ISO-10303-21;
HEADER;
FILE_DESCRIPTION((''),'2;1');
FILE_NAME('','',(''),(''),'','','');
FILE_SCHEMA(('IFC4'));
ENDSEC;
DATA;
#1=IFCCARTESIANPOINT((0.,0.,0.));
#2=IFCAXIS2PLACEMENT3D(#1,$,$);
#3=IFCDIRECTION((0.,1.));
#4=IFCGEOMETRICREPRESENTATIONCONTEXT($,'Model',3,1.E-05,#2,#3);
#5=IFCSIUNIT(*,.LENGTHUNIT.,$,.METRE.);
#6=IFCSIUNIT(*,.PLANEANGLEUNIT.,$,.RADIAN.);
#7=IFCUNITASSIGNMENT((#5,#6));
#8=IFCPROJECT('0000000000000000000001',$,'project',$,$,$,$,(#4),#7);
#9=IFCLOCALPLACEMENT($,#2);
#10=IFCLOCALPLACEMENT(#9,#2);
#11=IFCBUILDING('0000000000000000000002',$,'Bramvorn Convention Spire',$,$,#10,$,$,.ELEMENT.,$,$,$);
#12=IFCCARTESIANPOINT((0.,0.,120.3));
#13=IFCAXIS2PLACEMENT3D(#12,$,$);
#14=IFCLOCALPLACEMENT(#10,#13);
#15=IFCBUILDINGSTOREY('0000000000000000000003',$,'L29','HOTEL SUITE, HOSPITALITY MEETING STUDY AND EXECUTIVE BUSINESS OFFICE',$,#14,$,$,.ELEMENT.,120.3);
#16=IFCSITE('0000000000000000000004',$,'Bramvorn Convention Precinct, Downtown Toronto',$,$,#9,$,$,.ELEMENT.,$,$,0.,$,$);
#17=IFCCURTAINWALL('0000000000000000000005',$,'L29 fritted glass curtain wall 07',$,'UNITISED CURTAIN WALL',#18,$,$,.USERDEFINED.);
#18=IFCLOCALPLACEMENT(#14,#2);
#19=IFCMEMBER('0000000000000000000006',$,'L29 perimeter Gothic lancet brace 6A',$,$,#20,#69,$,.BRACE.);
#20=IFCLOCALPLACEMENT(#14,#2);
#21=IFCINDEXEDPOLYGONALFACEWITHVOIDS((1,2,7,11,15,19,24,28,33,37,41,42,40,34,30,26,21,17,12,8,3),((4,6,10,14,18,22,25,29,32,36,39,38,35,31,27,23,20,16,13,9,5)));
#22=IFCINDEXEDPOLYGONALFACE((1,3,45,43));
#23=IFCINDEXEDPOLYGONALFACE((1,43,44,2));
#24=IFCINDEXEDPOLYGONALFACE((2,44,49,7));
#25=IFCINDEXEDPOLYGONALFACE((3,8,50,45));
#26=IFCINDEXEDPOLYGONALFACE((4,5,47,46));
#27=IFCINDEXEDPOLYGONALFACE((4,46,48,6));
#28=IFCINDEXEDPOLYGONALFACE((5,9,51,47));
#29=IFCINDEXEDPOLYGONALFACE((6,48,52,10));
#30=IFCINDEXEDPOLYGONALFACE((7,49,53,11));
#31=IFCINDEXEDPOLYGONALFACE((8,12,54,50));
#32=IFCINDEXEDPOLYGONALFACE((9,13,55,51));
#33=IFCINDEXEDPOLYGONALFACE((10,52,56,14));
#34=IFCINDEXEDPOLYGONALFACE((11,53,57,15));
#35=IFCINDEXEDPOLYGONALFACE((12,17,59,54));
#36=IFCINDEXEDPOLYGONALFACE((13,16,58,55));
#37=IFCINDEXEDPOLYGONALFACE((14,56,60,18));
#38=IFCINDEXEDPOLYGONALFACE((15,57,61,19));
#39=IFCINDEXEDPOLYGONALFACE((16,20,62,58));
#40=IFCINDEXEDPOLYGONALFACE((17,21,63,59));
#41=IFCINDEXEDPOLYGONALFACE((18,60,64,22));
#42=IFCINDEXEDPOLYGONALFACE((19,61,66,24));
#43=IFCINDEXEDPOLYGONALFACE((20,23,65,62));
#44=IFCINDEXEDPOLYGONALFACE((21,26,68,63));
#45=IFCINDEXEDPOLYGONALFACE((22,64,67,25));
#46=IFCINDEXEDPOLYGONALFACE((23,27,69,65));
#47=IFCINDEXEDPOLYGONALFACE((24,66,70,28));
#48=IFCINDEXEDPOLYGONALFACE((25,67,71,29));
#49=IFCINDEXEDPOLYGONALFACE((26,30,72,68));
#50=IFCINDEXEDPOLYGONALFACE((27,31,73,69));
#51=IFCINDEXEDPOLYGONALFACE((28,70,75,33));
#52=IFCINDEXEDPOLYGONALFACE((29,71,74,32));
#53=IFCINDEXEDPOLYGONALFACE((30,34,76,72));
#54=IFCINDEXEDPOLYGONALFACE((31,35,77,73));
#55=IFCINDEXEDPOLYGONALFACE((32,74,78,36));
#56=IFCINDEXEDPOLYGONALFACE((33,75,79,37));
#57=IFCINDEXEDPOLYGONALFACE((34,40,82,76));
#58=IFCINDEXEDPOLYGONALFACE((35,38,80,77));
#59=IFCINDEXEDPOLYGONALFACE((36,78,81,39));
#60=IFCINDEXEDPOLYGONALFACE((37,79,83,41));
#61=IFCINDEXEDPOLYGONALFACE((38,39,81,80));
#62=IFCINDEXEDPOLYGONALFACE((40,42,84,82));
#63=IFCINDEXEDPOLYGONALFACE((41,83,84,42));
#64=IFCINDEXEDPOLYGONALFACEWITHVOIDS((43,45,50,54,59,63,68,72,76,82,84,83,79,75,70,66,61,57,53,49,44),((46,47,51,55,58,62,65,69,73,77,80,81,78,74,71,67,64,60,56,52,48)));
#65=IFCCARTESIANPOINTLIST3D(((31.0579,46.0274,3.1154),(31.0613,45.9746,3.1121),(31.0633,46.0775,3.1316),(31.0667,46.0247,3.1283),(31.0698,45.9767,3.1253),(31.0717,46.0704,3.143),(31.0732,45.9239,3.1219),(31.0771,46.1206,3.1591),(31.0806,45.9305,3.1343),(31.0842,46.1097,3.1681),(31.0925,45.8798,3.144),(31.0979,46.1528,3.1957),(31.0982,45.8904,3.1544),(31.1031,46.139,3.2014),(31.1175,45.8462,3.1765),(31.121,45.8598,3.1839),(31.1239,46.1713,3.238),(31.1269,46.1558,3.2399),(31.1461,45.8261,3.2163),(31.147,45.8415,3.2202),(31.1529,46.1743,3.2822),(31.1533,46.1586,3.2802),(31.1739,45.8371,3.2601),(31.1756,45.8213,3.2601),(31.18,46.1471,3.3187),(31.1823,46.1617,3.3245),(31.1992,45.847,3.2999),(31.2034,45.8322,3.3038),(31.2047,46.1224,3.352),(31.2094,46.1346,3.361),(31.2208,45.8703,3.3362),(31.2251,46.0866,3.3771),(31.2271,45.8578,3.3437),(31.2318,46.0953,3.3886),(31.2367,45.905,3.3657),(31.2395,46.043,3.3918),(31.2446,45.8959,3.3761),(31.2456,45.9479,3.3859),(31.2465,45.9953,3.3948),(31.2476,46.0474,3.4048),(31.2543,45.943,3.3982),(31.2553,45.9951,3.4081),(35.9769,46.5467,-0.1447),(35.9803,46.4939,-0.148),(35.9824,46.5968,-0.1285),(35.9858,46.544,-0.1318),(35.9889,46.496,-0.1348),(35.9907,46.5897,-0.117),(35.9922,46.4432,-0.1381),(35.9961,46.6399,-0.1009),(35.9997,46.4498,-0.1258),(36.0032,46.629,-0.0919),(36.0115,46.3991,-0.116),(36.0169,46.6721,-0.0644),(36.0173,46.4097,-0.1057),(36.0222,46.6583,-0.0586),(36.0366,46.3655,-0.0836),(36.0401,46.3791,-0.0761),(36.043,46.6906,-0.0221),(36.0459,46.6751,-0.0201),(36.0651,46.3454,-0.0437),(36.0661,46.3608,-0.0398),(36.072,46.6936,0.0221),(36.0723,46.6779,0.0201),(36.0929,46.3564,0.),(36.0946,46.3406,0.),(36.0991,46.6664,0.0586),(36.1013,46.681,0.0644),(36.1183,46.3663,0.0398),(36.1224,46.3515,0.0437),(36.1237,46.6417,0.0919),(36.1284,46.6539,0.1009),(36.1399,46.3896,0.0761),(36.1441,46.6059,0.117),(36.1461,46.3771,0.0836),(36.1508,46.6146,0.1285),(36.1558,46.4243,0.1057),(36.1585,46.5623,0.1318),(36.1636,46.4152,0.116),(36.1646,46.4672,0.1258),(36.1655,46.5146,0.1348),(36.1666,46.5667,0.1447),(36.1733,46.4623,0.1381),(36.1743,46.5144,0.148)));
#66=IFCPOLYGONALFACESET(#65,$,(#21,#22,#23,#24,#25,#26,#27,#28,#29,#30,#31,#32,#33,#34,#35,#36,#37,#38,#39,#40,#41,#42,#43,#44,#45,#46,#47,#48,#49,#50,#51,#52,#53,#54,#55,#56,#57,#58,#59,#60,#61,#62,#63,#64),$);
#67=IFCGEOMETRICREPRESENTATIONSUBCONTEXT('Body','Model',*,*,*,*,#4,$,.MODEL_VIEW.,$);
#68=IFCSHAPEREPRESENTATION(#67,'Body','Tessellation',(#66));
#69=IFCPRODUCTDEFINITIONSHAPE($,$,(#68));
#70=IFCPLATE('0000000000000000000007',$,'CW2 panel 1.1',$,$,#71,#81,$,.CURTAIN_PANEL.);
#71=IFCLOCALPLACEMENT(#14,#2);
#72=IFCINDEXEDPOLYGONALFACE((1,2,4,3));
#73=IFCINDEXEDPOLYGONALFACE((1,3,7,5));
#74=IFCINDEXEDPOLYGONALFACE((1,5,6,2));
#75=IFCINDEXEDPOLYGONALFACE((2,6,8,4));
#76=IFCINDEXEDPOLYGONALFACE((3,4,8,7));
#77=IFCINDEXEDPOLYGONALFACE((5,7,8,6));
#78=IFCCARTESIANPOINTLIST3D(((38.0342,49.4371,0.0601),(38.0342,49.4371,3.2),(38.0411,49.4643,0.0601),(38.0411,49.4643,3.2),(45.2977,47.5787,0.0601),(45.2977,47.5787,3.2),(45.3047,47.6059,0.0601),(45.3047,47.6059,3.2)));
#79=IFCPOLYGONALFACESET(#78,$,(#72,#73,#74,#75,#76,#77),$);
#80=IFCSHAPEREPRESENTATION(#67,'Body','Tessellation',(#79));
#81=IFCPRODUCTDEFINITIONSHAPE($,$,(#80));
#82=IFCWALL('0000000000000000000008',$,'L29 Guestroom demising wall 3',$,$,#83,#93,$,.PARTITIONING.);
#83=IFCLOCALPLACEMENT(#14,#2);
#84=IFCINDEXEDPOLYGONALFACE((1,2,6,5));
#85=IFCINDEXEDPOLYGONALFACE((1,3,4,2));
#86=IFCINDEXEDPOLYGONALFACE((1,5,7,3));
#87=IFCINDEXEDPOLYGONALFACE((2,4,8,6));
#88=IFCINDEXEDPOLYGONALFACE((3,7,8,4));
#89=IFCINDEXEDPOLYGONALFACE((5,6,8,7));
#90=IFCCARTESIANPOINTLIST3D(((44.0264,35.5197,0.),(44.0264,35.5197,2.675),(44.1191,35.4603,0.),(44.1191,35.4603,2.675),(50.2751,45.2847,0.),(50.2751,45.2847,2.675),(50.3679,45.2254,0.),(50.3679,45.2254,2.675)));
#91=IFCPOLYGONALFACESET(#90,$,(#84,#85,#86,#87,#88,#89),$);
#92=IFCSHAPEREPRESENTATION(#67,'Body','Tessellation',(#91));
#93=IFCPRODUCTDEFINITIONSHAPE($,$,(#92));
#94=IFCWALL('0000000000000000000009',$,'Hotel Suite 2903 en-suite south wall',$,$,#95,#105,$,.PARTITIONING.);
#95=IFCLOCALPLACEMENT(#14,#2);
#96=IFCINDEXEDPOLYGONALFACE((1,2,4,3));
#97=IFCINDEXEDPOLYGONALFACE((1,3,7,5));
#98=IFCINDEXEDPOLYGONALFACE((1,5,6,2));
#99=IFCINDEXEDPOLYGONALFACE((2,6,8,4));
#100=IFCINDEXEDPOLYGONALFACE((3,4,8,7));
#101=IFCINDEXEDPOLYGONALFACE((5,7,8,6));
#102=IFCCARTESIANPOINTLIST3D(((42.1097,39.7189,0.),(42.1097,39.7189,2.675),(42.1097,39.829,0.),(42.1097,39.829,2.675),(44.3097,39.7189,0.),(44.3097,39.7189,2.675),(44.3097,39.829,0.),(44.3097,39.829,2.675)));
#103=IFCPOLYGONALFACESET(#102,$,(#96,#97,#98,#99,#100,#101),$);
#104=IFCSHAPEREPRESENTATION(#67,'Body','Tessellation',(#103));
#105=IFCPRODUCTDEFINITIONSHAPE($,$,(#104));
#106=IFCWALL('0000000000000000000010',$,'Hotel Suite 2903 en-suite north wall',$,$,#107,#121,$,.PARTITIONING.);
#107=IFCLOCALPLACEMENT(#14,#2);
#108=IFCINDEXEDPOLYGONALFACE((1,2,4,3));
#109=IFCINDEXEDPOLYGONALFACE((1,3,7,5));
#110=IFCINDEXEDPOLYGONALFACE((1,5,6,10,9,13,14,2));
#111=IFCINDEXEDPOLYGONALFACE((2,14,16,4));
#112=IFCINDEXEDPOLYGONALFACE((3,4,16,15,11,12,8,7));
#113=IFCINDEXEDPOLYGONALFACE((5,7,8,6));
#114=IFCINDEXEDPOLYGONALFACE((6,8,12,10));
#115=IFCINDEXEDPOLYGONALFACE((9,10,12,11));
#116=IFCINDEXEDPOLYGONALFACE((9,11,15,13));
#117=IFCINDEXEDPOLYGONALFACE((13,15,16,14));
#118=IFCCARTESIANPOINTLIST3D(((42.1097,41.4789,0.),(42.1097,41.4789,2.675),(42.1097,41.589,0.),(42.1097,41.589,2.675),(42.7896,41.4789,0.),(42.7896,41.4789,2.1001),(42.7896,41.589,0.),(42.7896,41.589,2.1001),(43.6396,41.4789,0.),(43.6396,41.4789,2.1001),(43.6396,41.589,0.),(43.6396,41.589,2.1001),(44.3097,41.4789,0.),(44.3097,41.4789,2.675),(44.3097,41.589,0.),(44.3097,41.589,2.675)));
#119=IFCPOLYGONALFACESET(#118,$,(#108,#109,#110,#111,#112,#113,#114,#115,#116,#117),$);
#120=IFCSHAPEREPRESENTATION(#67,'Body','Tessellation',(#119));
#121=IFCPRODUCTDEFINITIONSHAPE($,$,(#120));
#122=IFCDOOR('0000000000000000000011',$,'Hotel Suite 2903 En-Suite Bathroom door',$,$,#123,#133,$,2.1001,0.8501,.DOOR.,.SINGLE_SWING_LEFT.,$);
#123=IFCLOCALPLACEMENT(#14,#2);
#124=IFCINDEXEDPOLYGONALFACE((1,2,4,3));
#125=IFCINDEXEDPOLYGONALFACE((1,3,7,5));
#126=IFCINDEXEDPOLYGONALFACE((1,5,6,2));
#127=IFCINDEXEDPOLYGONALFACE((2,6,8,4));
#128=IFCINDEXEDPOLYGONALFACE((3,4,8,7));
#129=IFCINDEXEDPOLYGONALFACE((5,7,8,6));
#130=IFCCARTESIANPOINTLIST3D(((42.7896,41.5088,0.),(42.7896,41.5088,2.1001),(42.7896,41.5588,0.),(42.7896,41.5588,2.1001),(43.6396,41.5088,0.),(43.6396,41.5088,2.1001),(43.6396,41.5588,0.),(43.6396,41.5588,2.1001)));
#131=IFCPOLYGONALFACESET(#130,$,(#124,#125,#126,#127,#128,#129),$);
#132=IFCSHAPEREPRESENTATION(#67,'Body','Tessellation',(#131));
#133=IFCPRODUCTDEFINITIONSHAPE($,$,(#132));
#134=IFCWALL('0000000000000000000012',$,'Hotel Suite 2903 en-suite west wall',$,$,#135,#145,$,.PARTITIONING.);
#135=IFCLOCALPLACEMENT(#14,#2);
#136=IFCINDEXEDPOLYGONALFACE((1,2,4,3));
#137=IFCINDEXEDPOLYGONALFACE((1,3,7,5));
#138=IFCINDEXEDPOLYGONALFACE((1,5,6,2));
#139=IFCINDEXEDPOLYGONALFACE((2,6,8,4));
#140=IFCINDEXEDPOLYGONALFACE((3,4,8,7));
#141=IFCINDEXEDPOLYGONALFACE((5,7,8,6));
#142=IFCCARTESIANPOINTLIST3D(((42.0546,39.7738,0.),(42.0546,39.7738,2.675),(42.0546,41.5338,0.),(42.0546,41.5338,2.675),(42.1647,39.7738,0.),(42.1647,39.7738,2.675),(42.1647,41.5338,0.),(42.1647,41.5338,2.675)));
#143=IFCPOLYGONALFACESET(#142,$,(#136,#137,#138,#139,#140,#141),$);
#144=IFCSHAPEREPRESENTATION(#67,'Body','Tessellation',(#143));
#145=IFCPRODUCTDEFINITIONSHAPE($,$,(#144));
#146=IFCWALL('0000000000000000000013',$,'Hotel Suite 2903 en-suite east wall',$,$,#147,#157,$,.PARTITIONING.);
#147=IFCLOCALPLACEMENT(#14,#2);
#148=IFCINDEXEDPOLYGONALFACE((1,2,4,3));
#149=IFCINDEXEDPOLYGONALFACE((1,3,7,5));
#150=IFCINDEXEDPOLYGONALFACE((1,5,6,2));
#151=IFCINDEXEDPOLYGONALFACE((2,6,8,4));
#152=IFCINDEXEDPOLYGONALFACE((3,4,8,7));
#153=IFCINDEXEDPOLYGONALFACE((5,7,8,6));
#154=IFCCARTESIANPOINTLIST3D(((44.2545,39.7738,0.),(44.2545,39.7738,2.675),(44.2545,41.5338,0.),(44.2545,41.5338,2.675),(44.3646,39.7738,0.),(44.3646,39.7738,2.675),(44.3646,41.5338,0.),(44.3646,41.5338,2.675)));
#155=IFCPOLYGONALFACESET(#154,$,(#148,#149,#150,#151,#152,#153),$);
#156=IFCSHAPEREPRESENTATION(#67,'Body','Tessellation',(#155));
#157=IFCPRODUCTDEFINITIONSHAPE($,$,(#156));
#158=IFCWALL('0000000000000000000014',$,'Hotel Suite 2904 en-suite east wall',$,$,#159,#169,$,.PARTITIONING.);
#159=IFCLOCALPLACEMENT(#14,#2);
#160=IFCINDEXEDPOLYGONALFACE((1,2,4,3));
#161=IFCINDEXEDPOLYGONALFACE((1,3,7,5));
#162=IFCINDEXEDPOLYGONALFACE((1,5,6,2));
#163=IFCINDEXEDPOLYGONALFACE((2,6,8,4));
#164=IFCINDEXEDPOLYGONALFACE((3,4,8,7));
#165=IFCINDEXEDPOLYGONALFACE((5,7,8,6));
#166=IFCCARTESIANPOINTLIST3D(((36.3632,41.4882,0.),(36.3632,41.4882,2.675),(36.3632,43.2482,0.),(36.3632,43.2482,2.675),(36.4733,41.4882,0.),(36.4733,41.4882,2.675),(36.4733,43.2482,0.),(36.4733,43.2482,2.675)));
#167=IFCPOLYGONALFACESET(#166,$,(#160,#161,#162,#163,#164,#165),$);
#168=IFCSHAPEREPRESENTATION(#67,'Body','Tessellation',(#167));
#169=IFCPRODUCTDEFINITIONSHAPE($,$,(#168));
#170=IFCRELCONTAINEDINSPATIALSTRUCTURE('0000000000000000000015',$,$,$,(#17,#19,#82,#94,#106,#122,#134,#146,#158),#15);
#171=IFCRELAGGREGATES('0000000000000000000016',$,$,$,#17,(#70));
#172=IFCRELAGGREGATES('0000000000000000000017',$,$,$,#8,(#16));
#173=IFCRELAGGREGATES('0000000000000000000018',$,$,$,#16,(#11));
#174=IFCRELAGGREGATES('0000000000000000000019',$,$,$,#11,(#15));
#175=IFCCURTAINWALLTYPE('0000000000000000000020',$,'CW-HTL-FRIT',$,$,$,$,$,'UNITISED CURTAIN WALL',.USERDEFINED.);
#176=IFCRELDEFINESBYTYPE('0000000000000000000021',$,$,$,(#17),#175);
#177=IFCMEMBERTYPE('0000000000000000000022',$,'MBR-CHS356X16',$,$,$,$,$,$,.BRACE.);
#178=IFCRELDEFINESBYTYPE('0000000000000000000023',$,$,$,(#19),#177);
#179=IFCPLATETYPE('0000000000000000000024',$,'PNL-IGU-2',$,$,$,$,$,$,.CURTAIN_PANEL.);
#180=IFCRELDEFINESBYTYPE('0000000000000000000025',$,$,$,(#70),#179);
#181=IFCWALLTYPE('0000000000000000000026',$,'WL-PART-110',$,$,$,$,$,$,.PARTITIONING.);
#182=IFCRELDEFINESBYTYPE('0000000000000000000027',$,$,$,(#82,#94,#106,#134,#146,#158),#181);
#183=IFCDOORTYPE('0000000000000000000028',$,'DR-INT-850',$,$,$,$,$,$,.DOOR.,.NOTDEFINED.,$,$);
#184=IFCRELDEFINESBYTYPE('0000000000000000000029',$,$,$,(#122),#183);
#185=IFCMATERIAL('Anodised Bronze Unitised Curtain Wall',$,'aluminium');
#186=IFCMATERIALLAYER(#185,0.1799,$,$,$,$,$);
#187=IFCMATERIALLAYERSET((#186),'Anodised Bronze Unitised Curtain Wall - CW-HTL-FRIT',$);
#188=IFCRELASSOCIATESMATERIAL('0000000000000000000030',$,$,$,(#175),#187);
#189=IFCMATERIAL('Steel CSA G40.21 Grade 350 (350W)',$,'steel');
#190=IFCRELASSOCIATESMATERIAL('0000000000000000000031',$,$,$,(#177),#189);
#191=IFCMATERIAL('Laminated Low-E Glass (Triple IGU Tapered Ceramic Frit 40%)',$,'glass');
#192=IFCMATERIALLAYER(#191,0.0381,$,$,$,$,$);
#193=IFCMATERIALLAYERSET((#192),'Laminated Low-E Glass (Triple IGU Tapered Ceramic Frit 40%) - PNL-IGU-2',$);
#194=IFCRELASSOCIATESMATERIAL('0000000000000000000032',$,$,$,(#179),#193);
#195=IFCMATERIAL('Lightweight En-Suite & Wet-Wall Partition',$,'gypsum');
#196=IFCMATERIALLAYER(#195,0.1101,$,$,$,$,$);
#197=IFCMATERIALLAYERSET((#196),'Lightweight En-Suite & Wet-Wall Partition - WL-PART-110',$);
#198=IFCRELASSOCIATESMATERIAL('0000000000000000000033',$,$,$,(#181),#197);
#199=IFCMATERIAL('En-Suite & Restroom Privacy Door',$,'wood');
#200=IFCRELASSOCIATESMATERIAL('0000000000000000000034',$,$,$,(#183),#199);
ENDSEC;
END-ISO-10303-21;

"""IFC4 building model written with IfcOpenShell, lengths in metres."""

from ifc_helpers import new_model, si_unit, direction, frame, frame_2d, origin, origin_2d, place, context, subcontext, project, spatial, rectangle, hollow_circle, extrude, material, layer, layer_set, material_profile, profile_set, type_object, element, fill, aggregate, save


model = new_model("IFC4")

# Units and contexts
model_context = context("Model", 3, precision=1e-05, world=origin(), true_north=direction((0.0, 1.0)))
body_context = subcontext(model_context, "Body", "Model", "MODEL_VIEW")
ifc_project = project(units=[si_unit("LENGTHUNIT", "METRE"), si_unit("PLANEANGLEUNIT", "RADIAN")], contexts=[model_context])

# Site, building, storey
site_placement = place(None, origin())
site = spatial("IfcSite", under=ifc_project, at=site_placement, Name="Bramvorn Convention Precinct, Downtown Toronto", CompositionType="ELEMENT", RefElevation=0.0)
building_placement = place(site_placement, origin())
building = spatial("IfcBuilding", under=site, at=building_placement, Name="Bramvorn Convention Spire", CompositionType="ELEMENT")
storey_placement = place(building_placement, frame((0.0, 0.0, 120.3)))
storey = spatial("IfcBuildingStorey", under=building, at=storey_placement, Name="L29", Description="HOTEL SUITE, HOSPITALITY MEETING STUDY AND EXECUTIVE BUSINESS OFFICE", CompositionType="ELEMENT", Elevation=120.3)

# Shared definitions
ifc_material_1 = material(Name="Steel CSA G40.21 Grade 350 (350W)", Category="steel")

# Shared definitions
ifc_material_2 = material(Name="Anodised Bronze Unitised Curtain Wall", Category="aluminium")
ifc_layer_1 = layer(ifc_material_2, 0.1799)
ifc_layer_set_1 = layer_set([ifc_layer_1], Name="Anodised Bronze Unitised Curtain Wall - CW-HTL-FRIT")
curtain_wall_type = type_object("IfcCurtainWallType", Name="CW-HTL-FRIT", ElementType="UNITISED CURTAIN WALL", PredefinedType="USERDEFINED", material=ifc_layer_set_1)

# Curtain wall
curtain_wall_1_placement = place(storey_placement, origin())
curtain_wall_1 = element("IfcCurtainWall", 1, at=curtain_wall_1_placement, inside=storey, type_object=curtain_wall_type, Name="L29 fritted glass curtain wall 07", ObjectType="UNITISED CURTAIN WALL", PredefinedType="USERDEFINED")

# Member
ifc_material_profile_1 = material_profile(ifc_material_1, hollow_circle(Radius=0.1777, WallThickness=0.0159, at=origin_2d()))
ifc_profile_set_1 = profile_set([ifc_material_profile_1], Name="Steel CSA G40.21 Grade 350 (350W) - CHS356X16")
member_type_1 = type_object("IfcMemberType", Name="MBR-CHS356X16", PredefinedType="BRACE", material=ifc_profile_set_1)
member_1_placement = place(storey_placement, frame((36.0759, 46.5173, 0.0), z_axis=(-0.830347, -0.087659, 0.550309), x_axis=(0.104985, -0.994474, 0.0)))
element("IfcMember", 2, at=member_1_placement, inside=storey, type_object=member_type_1, Name="L29 perimeter Gothic lancet brace 6A", PredefinedType="BRACE", context=body_context, shape_type="SweptSolid", body=[
    extrude(hollow_circle(Radius=0.1777, WallThickness=0.0159, at=origin_2d()), origin(), (0.0, 0.0, 1.0), 5.9241),
])

# Plate
ifc_material_3 = material(Name="Laminated Low-E Glass (Triple IGU Tapered Ceramic Frit 40%)", Category="glass")
ifc_layer_2 = layer(ifc_material_3, 0.0381)
ifc_layer_set_2 = layer_set([ifc_layer_2], Name="Laminated Low-E Glass (Triple IGU Tapered Ceramic Frit 40%) - PNL-IGU-2")
plate_type = type_object("IfcPlateType", Name="PNL-IGU-2", PredefinedType="CURTAIN_PANEL", material=ifc_layer_set_2)
plate_placement = place(storey_placement, frame((41.6694, 48.5215, 0.0601), z_axis=(0.0, 0.0, 1.0), x_axis=(0.968792, -0.247876, 0.0)))
plate = element("IfcPlate", 3, at=plate_placement, type_object=plate_type, Name="CW2 panel 1.1", PredefinedType="CURTAIN_PANEL", context=body_context, shape_type="SweptSolid", body=[
    extrude(rectangle(XDim=7.4976, YDim=0.0281, at=origin_2d()), origin(), (0.0, 0.0, 1.0), 3.1399),
])
aggregate(curtain_wall_1, [plate])

# Walls
ifc_material_4 = material(Name="Lightweight En-Suite & Wet-Wall Partition", Category="gypsum")
ifc_layer_3 = layer(ifc_material_4, 0.1101)
ifc_layer_set_3 = layer_set([ifc_layer_3], Name="Lightweight En-Suite & Wet-Wall Partition - WL-PART-110")
wall_type = type_object("IfcWallType", Name="WL-PART-110", PredefinedType="PARTITIONING", material=ifc_layer_set_3)
wall_1_placement = place(storey_placement, frame((44.0728, 35.49, 0.0), z_axis=(0.0, 0.0, 1.0), x_axis=(0.538998, 0.842307, 0.0)))
element("IfcWall", 4, at=wall_1_placement, inside=storey, type_object=wall_type, Name="L29 Guestroom demising wall 3", PredefinedType="PARTITIONING", context=body_context, shape_type="SweptSolid", body=[
    extrude(rectangle(XDim=11.5933, YDim=0.1101, at=frame_2d((5.7966, 0.0))), origin(), (0.0, 0.0, 1.0), 2.675),
])
wall_2_placement = place(storey_placement, frame((42.1096, 39.7739, 0.0), z_axis=(0.0, 0.0, 1.0), x_axis=(1.0, 0.0, 0.0)))
element("IfcWall", 5, at=wall_2_placement, inside=storey, type_object=wall_type, Name="Hotel Suite 2903 en-suite south wall", PredefinedType="PARTITIONING", context=body_context, shape_type="SweptSolid", body=[
    extrude(rectangle(XDim=2.2, YDim=0.1101, at=frame_2d((1.1001, 0.0))), origin(), (0.0, 0.0, 1.0), 2.675),
])

# Wall, opening, door
wall_3_placement = place(storey_placement, frame((42.1096, 41.5339, 0.0), z_axis=(0.0, 0.0, 1.0), x_axis=(1.0, 0.0, 0.0)))
wall_3 = element("IfcWall", 6, at=wall_3_placement, inside=storey, type_object=wall_type, Name="Hotel Suite 2903 en-suite north wall", PredefinedType="PARTITIONING", context=body_context, shape_type="SweptSolid", body=[
    extrude(rectangle(XDim=2.2, YDim=0.1101, at=frame_2d((1.1001, 0.0))), origin(), (0.0, 0.0, 1.0), 2.675),
])
opening_placement = place(wall_3_placement, frame((0.6799, 0.0, 0.0)))
opening = element("IfcOpeningElement", 7, at=opening_placement, cuts=wall_3, PredefinedType="OPENING", context=body_context, shape_type="SweptSolid", body=[
    extrude(rectangle(XDim=0.8501, YDim=2.1001, at=frame_2d((0.425, 1.05))), frame((0.0, 0.0649, 0.0), z_axis=(0.0, -1.0, 0.0), x_axis=(1.0, 0.0, 0.0)), (0.0, 0.0, 1.0), 0.1301),
])
ifc_material_5 = material(Name="En-Suite & Restroom Privacy Door", Category="wood")
door_type = type_object("IfcDoorType", Name="DR-INT-850", OperationType="NOTDEFINED", PredefinedType="DOOR", material=ifc_material_5)
door_placement = place(opening_placement, origin())
door = element("IfcDoor", 8, at=door_placement, inside=storey, type_object=door_type, Name="Hotel Suite 2903 En-Suite Bathroom door", OperationType="SINGLE_SWING_LEFT", OverallHeight=2.1001, OverallWidth=0.8501, PredefinedType="DOOR", context=body_context, shape_type="SweptSolid", body=[
    extrude(rectangle(XDim=0.8501, YDim=2.1001, at=frame_2d((0.425, 1.05))), frame((0.0, 0.0249, 0.0), z_axis=(0.0, -1.0, 0.0), x_axis=(1.0, 0.0, 0.0)), (0.0, 0.0, 1.0), 0.05),
])
fill(opening, door)

# Walls
for number, where, z_axis, x_axis, name in (
    (9, (42.1096, 39.7739, 0.0), (0.0, 0.0, 1.0), (0.0, 1.0, 0.0), "Hotel Suite 2903 en-suite west wall"),
    (10, (44.3096, 39.7739, 0.0), (0.0, 0.0, 1.0), (0.0, 1.0, 0.0), "Hotel Suite 2903 en-suite east wall"),
    (11, (36.4182, 41.4883, 0.0), (0.0, 0.0, 1.0), (0.0, 1.0, 0.0), "Hotel Suite 2904 en-suite east wall"),
):
    element("IfcWall", number, at=place(storey_placement, frame(where, z_axis=z_axis, x_axis=x_axis)), inside=storey, type_object=wall_type, Name=name, PredefinedType="PARTITIONING", context=body_context, shape_type="SweptSolid", body=[
        extrude(rectangle(XDim=1.76, YDim=0.1101, at=frame_2d((0.8799, 0.0))), origin(), (0.0, 0.0, 1.0), 2.675),
    ])

save(model, "model.ifc")
